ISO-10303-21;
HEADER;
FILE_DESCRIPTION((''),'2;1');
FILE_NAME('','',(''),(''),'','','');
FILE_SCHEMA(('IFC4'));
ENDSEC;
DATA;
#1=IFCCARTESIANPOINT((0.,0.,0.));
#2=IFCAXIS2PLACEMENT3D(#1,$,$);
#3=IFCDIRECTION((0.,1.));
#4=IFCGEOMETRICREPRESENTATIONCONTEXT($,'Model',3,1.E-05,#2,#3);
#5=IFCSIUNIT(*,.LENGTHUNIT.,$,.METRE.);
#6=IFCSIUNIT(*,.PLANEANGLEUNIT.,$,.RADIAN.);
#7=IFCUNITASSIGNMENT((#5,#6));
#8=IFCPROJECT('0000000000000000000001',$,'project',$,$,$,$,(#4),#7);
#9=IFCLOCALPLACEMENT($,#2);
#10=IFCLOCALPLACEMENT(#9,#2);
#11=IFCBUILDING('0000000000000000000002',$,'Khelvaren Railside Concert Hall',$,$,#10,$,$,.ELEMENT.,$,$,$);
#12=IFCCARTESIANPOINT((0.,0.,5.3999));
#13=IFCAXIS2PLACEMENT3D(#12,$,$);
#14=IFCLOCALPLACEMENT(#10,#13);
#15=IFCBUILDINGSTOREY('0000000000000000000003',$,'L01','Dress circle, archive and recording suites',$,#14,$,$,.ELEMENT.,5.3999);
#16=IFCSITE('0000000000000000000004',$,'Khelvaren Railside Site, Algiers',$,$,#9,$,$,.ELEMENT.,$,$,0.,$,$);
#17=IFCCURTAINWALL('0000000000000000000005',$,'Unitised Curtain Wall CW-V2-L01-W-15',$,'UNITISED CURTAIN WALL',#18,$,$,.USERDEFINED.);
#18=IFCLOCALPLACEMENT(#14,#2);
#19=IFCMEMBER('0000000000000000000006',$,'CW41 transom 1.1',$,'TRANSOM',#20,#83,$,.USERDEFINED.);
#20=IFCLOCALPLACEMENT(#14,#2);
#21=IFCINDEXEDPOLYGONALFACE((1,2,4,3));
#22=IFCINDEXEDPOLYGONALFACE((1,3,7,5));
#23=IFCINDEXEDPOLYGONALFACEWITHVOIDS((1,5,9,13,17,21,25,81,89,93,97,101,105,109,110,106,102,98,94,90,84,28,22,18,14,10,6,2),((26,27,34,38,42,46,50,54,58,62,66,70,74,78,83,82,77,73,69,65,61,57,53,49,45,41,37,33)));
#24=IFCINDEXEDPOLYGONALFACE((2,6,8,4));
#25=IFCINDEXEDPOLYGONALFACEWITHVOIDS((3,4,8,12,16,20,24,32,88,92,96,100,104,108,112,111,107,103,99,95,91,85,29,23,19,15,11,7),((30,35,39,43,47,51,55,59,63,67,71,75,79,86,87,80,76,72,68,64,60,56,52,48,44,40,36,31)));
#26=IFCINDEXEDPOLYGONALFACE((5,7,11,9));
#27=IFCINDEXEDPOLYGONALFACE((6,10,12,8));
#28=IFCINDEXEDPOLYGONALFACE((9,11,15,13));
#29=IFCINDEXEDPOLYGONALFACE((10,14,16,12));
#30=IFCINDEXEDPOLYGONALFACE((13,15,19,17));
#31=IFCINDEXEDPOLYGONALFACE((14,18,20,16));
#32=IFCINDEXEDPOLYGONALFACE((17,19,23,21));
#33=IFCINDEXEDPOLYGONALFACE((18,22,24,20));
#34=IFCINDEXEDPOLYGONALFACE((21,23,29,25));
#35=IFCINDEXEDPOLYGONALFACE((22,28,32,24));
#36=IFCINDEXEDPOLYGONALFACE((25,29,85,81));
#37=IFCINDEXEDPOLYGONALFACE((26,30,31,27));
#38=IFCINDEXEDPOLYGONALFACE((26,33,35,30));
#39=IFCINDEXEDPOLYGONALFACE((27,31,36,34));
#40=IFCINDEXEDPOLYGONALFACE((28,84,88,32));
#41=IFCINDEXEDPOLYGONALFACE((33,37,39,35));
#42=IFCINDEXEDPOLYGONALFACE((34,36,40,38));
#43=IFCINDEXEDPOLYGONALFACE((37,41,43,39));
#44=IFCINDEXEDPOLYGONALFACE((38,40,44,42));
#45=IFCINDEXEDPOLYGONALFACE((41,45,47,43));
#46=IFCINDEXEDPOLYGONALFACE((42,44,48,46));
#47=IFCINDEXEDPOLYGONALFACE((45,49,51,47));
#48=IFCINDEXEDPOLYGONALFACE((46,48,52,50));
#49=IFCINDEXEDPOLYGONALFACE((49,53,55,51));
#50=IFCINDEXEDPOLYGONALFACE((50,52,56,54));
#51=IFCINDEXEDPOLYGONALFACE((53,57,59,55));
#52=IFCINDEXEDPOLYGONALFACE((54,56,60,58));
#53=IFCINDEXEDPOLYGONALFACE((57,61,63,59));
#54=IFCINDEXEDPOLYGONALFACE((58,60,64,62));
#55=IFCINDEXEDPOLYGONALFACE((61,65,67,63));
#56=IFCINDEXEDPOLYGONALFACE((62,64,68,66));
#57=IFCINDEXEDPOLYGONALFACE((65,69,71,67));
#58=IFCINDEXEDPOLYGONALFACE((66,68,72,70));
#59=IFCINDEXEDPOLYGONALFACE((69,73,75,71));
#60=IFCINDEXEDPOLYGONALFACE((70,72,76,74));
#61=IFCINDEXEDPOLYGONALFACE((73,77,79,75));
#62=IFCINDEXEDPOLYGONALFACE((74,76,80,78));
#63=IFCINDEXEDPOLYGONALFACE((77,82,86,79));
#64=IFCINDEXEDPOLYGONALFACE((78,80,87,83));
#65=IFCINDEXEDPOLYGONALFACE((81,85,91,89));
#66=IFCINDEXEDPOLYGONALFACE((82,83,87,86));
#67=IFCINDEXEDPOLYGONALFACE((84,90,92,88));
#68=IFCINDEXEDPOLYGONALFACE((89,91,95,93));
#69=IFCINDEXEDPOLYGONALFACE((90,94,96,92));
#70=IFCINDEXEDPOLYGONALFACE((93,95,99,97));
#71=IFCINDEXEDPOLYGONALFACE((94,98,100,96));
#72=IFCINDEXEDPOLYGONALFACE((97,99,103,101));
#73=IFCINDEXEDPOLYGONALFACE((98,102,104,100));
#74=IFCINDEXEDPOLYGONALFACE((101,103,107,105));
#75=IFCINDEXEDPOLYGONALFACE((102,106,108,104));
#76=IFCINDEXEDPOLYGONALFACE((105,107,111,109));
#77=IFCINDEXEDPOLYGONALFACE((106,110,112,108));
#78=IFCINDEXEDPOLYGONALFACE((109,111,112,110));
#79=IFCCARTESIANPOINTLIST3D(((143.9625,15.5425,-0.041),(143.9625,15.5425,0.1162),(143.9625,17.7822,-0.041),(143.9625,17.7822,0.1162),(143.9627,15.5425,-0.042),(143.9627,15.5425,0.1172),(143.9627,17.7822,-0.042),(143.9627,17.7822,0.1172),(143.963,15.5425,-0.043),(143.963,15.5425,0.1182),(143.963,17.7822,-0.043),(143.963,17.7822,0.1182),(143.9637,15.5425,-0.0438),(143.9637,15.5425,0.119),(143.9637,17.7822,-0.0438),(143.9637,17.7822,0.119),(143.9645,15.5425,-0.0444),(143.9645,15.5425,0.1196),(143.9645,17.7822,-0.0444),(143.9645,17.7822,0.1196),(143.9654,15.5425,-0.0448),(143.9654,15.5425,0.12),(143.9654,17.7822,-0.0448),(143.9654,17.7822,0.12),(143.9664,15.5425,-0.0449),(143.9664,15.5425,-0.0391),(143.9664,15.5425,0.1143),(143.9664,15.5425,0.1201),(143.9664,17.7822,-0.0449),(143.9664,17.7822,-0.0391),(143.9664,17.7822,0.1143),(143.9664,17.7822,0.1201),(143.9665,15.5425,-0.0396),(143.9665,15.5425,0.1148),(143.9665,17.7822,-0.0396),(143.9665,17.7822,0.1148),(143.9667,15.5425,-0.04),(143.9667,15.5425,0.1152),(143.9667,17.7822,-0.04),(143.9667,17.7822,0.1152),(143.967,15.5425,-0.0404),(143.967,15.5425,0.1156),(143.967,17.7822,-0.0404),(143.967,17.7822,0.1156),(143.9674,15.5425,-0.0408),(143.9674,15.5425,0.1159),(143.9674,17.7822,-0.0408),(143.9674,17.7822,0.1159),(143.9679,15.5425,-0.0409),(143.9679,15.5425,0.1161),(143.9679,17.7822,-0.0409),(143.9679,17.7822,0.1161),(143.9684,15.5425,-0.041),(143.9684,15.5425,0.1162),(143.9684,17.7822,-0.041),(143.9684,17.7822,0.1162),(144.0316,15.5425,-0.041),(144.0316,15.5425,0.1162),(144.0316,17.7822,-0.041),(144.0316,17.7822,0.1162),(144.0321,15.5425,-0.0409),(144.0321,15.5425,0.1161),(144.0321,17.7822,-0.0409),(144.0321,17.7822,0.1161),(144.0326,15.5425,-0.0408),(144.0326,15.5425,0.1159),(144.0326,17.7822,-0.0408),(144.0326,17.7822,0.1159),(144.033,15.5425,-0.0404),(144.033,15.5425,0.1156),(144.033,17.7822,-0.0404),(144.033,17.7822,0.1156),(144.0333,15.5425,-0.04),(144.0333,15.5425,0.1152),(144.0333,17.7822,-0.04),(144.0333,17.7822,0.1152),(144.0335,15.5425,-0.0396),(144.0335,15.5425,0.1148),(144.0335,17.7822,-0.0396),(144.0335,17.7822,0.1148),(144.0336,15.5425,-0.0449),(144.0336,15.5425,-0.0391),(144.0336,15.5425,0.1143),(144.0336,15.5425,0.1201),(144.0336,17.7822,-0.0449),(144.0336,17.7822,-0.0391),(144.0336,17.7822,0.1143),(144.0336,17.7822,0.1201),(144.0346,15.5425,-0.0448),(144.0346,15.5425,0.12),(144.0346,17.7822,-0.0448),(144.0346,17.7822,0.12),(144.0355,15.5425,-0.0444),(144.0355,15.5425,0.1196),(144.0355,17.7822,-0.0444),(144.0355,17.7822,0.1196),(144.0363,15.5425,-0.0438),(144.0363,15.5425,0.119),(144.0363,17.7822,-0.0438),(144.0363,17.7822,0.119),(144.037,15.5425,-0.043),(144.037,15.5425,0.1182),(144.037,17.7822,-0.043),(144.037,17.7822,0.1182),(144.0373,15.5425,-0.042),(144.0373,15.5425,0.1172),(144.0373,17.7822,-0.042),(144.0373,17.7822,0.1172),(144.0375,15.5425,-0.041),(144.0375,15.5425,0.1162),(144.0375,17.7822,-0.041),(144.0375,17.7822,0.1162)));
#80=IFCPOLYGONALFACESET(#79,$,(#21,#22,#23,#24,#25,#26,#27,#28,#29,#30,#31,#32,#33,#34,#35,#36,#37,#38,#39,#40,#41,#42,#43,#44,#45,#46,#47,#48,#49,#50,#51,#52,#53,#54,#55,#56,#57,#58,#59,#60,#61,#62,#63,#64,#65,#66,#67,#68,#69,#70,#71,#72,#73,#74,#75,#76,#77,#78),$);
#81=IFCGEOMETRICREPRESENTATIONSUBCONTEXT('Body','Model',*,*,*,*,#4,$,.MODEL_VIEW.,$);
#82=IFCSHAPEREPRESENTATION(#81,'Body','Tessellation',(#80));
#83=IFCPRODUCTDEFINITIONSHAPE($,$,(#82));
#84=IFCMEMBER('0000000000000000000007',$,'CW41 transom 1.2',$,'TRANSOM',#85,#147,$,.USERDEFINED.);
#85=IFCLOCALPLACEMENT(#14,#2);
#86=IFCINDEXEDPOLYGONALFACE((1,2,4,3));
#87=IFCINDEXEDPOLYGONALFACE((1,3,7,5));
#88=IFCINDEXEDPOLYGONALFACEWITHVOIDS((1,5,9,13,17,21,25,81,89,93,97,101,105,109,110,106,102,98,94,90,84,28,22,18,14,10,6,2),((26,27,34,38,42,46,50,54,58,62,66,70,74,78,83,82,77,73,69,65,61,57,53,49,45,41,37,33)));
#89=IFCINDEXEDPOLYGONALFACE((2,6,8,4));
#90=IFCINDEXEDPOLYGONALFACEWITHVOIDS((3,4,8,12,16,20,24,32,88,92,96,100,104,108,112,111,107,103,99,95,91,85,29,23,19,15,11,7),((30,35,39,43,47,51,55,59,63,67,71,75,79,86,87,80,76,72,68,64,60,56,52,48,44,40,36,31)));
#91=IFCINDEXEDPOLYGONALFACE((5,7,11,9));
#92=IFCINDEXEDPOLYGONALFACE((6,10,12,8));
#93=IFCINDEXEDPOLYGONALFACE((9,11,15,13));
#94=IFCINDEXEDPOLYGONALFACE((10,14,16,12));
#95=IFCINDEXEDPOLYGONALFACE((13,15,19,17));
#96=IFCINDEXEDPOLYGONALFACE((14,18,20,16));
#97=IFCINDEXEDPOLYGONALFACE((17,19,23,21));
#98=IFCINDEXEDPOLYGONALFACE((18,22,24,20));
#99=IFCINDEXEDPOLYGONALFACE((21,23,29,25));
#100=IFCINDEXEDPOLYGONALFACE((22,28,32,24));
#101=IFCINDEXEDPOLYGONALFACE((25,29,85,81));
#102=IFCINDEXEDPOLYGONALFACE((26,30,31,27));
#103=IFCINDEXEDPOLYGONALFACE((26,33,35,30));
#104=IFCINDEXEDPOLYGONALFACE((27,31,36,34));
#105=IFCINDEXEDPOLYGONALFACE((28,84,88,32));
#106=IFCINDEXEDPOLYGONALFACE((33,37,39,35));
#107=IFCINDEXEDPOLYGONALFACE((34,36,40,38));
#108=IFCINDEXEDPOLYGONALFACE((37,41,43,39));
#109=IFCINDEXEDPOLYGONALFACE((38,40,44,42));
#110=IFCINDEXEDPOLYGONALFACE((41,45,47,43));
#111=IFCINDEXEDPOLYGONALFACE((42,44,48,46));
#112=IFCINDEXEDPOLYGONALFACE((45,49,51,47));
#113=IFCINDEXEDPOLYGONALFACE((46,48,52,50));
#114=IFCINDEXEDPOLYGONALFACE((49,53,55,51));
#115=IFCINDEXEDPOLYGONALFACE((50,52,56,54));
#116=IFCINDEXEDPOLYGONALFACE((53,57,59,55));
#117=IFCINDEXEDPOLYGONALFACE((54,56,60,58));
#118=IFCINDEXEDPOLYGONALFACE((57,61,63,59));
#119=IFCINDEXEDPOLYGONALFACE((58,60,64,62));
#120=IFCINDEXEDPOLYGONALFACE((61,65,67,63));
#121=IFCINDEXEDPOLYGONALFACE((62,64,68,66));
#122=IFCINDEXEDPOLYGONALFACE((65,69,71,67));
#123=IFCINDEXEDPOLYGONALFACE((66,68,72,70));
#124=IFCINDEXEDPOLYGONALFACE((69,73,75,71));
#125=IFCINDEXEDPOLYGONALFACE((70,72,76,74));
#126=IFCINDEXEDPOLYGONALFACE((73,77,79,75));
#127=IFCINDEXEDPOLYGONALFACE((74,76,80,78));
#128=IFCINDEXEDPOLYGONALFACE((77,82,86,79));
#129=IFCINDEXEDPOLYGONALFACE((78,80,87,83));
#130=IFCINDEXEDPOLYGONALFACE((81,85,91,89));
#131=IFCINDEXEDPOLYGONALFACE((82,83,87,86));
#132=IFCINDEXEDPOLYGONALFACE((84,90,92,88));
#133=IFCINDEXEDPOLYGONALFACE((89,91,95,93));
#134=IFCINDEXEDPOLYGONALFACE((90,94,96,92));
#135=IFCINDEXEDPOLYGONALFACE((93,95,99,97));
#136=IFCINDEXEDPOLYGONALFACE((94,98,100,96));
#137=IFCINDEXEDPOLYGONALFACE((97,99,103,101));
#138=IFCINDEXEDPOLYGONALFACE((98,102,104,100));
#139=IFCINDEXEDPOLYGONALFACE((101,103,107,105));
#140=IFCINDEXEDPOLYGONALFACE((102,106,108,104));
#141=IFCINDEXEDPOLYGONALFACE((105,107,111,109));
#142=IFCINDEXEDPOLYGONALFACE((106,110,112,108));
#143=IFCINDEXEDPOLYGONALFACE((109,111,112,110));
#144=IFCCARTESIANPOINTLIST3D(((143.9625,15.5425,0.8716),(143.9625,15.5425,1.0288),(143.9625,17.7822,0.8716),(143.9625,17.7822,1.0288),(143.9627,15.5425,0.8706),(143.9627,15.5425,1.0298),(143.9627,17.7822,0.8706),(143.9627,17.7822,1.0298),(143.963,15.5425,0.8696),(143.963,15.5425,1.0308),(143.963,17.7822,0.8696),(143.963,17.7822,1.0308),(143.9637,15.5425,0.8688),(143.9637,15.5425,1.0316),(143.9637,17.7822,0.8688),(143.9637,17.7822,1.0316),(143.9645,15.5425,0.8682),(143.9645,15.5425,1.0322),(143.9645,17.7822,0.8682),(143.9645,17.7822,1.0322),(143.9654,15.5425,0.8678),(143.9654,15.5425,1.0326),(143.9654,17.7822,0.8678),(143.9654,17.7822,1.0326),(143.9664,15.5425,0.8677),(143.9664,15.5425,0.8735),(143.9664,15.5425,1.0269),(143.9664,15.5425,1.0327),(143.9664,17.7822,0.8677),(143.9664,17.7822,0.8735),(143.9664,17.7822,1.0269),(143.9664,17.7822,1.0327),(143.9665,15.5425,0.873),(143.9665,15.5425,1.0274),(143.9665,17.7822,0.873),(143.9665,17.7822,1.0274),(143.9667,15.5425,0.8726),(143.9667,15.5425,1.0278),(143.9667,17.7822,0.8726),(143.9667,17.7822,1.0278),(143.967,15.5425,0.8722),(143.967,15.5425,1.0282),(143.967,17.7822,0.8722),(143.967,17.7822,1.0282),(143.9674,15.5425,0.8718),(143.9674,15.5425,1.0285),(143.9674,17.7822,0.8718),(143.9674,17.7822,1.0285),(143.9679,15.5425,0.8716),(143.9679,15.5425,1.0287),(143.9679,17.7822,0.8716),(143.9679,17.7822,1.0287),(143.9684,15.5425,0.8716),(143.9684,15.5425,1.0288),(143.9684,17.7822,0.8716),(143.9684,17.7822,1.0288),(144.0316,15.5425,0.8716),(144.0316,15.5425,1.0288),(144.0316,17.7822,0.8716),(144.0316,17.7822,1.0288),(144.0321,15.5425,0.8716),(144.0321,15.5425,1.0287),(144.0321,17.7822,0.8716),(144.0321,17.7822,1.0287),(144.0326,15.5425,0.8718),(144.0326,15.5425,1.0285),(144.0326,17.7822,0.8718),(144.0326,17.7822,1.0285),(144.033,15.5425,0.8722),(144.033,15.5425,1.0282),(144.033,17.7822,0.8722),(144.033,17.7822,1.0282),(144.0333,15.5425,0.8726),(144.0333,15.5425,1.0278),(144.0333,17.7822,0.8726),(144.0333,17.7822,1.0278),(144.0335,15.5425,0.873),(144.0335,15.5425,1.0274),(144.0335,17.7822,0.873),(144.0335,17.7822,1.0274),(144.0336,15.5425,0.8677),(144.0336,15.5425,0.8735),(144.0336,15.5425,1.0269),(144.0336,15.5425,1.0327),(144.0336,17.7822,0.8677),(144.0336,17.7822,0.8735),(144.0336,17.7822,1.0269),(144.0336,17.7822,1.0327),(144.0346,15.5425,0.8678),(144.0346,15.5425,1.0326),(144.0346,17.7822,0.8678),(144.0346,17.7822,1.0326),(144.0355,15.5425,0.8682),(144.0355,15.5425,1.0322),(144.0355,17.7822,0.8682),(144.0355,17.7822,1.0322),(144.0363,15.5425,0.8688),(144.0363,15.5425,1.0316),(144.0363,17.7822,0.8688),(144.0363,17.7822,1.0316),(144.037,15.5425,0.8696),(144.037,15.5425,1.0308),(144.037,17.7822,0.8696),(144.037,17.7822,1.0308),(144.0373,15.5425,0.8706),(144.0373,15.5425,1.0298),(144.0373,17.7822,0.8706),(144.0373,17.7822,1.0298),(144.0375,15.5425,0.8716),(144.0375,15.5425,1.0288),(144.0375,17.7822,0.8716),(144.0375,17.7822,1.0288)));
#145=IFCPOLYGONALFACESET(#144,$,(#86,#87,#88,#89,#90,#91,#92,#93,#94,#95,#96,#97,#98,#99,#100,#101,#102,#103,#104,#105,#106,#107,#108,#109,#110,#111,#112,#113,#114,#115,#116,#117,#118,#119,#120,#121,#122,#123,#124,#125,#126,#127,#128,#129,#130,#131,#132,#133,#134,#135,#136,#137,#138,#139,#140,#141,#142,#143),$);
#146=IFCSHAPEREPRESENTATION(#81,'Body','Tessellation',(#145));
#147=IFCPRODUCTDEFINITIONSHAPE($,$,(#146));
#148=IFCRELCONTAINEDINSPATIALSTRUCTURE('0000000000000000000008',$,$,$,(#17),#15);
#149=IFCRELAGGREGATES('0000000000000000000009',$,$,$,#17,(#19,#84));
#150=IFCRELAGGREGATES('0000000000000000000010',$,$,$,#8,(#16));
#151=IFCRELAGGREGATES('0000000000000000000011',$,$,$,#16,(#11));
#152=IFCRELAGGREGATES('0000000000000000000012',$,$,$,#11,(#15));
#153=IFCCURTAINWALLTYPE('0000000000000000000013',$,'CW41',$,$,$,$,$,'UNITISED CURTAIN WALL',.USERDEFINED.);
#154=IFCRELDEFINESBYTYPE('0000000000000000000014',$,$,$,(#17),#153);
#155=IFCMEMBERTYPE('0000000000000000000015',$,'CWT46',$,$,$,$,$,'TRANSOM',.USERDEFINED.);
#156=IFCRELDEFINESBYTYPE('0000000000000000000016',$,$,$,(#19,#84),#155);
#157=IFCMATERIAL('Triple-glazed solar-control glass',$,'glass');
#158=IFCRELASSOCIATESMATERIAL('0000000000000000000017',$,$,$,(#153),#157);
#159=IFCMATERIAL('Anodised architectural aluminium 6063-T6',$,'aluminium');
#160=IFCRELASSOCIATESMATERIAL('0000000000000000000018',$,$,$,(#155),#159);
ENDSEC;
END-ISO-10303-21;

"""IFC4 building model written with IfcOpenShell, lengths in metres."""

from ifc_helpers import new_model, si_unit, direction, frame, origin, origin_2d, place, context, subcontext, project, spatial, hollow_rectangle, extrude, material, material_profile, profile_set, type_object, element, aggregate, save


model = new_model("IFC4")

# Units and contexts
model_context = context("Model", 3, precision=1e-05, world=origin(), true_north=direction((0.0, 1.0)))
body_context = subcontext(model_context, "Body", "Model", "MODEL_VIEW")
ifc_project = project(units=[si_unit("LENGTHUNIT", "METRE"), si_unit("PLANEANGLEUNIT", "RADIAN")], contexts=[model_context])

# Site, building, storey
site_placement = place(None, origin())
site = spatial("IfcSite", under=ifc_project, at=site_placement, Name="Khelvaren Railside Site, Algiers", CompositionType="ELEMENT", RefElevation=0.0)
building_placement = place(site_placement, origin())
building = spatial("IfcBuilding", under=site, at=building_placement, Name="Khelvaren Railside Concert Hall", CompositionType="ELEMENT")
storey_placement = place(building_placement, frame((0.0, 0.0, 5.3999)))
storey = spatial("IfcBuildingStorey", under=building, at=storey_placement, Name="L01", Description="Dress circle, archive and recording suites", CompositionType="ELEMENT", Elevation=5.3999)

# Curtain wall
ifc_material_1 = material(Name="Triple-glazed solar-control glass", Category="glass")
curtain_wall_type_1 = type_object("IfcCurtainWallType", Name="CW41", ElementType="UNITISED CURTAIN WALL", PredefinedType="USERDEFINED", material=ifc_material_1)
curtain_wall_1_placement = place(storey_placement, origin())
curtain_wall_1 = element("IfcCurtainWall", 1, at=curtain_wall_1_placement, inside=storey, type_object=curtain_wall_type_1, Name="Unitised Curtain Wall CW-V2-L01-W-15", ObjectType="UNITISED CURTAIN WALL", PredefinedType="USERDEFINED")
ifc_material_2 = material(Name="Anodised architectural aluminium 6063-T6", Category="aluminium")

# Members
ifc_material_profile_1 = material_profile(ifc_material_2, hollow_rectangle(XDim=0.075, YDim=0.165, WallThickness=0.0039, InnerFilletRadius=0.002, OuterFilletRadius=0.0039, at=origin_2d()), Name="CWT 75x165x4")
ifc_profile_set_1 = profile_set([ifc_material_profile_1], Name="Anodised architectural aluminium 6063-T6")
member_type_1 = type_object("IfcMemberType", Name="CWT46", ElementType="TRANSOM", PredefinedType="USERDEFINED", material=ifc_profile_set_1)
member_1_placement = place(storey_placement, frame((144.0, 15.5425, 0.0376), z_axis=(0.0, 1.0, 0.0), x_axis=(-1.0, 0.0, 0.0)))
member_1 = element("IfcMember", 2, at=member_1_placement, type_object=member_type_1, Name="CW41 transom 1.1", ObjectType="TRANSOM", PredefinedType="USERDEFINED", context=body_context, shape_type="SweptSolid", body=[
    extrude(hollow_rectangle(XDim=0.075, YDim=0.165, WallThickness=0.0039, InnerFilletRadius=0.002, OuterFilletRadius=0.0039, at=origin_2d()), origin(), (0.0, 0.0, 1.0), 2.2397),
])
member_2_placement = place(storey_placement, frame((144.0, 15.5425, 0.9502), z_axis=(0.0, 1.0, 0.0), x_axis=(-1.0, 0.0, 0.0)))
member_2 = element("IfcMember", 3, at=member_2_placement, type_object=member_type_1, Name="CW41 transom 1.2", ObjectType="TRANSOM", PredefinedType="USERDEFINED", context=body_context, shape_type="SweptSolid", body=[
    extrude(hollow_rectangle(XDim=0.075, YDim=0.165, WallThickness=0.0039, InnerFilletRadius=0.002, OuterFilletRadius=0.0039, at=origin_2d()), origin(), (0.0, 0.0, 1.0), 2.2397),
])
aggregate(curtain_wall_1, [member_1, member_2])

save(model, "model.ifc")
